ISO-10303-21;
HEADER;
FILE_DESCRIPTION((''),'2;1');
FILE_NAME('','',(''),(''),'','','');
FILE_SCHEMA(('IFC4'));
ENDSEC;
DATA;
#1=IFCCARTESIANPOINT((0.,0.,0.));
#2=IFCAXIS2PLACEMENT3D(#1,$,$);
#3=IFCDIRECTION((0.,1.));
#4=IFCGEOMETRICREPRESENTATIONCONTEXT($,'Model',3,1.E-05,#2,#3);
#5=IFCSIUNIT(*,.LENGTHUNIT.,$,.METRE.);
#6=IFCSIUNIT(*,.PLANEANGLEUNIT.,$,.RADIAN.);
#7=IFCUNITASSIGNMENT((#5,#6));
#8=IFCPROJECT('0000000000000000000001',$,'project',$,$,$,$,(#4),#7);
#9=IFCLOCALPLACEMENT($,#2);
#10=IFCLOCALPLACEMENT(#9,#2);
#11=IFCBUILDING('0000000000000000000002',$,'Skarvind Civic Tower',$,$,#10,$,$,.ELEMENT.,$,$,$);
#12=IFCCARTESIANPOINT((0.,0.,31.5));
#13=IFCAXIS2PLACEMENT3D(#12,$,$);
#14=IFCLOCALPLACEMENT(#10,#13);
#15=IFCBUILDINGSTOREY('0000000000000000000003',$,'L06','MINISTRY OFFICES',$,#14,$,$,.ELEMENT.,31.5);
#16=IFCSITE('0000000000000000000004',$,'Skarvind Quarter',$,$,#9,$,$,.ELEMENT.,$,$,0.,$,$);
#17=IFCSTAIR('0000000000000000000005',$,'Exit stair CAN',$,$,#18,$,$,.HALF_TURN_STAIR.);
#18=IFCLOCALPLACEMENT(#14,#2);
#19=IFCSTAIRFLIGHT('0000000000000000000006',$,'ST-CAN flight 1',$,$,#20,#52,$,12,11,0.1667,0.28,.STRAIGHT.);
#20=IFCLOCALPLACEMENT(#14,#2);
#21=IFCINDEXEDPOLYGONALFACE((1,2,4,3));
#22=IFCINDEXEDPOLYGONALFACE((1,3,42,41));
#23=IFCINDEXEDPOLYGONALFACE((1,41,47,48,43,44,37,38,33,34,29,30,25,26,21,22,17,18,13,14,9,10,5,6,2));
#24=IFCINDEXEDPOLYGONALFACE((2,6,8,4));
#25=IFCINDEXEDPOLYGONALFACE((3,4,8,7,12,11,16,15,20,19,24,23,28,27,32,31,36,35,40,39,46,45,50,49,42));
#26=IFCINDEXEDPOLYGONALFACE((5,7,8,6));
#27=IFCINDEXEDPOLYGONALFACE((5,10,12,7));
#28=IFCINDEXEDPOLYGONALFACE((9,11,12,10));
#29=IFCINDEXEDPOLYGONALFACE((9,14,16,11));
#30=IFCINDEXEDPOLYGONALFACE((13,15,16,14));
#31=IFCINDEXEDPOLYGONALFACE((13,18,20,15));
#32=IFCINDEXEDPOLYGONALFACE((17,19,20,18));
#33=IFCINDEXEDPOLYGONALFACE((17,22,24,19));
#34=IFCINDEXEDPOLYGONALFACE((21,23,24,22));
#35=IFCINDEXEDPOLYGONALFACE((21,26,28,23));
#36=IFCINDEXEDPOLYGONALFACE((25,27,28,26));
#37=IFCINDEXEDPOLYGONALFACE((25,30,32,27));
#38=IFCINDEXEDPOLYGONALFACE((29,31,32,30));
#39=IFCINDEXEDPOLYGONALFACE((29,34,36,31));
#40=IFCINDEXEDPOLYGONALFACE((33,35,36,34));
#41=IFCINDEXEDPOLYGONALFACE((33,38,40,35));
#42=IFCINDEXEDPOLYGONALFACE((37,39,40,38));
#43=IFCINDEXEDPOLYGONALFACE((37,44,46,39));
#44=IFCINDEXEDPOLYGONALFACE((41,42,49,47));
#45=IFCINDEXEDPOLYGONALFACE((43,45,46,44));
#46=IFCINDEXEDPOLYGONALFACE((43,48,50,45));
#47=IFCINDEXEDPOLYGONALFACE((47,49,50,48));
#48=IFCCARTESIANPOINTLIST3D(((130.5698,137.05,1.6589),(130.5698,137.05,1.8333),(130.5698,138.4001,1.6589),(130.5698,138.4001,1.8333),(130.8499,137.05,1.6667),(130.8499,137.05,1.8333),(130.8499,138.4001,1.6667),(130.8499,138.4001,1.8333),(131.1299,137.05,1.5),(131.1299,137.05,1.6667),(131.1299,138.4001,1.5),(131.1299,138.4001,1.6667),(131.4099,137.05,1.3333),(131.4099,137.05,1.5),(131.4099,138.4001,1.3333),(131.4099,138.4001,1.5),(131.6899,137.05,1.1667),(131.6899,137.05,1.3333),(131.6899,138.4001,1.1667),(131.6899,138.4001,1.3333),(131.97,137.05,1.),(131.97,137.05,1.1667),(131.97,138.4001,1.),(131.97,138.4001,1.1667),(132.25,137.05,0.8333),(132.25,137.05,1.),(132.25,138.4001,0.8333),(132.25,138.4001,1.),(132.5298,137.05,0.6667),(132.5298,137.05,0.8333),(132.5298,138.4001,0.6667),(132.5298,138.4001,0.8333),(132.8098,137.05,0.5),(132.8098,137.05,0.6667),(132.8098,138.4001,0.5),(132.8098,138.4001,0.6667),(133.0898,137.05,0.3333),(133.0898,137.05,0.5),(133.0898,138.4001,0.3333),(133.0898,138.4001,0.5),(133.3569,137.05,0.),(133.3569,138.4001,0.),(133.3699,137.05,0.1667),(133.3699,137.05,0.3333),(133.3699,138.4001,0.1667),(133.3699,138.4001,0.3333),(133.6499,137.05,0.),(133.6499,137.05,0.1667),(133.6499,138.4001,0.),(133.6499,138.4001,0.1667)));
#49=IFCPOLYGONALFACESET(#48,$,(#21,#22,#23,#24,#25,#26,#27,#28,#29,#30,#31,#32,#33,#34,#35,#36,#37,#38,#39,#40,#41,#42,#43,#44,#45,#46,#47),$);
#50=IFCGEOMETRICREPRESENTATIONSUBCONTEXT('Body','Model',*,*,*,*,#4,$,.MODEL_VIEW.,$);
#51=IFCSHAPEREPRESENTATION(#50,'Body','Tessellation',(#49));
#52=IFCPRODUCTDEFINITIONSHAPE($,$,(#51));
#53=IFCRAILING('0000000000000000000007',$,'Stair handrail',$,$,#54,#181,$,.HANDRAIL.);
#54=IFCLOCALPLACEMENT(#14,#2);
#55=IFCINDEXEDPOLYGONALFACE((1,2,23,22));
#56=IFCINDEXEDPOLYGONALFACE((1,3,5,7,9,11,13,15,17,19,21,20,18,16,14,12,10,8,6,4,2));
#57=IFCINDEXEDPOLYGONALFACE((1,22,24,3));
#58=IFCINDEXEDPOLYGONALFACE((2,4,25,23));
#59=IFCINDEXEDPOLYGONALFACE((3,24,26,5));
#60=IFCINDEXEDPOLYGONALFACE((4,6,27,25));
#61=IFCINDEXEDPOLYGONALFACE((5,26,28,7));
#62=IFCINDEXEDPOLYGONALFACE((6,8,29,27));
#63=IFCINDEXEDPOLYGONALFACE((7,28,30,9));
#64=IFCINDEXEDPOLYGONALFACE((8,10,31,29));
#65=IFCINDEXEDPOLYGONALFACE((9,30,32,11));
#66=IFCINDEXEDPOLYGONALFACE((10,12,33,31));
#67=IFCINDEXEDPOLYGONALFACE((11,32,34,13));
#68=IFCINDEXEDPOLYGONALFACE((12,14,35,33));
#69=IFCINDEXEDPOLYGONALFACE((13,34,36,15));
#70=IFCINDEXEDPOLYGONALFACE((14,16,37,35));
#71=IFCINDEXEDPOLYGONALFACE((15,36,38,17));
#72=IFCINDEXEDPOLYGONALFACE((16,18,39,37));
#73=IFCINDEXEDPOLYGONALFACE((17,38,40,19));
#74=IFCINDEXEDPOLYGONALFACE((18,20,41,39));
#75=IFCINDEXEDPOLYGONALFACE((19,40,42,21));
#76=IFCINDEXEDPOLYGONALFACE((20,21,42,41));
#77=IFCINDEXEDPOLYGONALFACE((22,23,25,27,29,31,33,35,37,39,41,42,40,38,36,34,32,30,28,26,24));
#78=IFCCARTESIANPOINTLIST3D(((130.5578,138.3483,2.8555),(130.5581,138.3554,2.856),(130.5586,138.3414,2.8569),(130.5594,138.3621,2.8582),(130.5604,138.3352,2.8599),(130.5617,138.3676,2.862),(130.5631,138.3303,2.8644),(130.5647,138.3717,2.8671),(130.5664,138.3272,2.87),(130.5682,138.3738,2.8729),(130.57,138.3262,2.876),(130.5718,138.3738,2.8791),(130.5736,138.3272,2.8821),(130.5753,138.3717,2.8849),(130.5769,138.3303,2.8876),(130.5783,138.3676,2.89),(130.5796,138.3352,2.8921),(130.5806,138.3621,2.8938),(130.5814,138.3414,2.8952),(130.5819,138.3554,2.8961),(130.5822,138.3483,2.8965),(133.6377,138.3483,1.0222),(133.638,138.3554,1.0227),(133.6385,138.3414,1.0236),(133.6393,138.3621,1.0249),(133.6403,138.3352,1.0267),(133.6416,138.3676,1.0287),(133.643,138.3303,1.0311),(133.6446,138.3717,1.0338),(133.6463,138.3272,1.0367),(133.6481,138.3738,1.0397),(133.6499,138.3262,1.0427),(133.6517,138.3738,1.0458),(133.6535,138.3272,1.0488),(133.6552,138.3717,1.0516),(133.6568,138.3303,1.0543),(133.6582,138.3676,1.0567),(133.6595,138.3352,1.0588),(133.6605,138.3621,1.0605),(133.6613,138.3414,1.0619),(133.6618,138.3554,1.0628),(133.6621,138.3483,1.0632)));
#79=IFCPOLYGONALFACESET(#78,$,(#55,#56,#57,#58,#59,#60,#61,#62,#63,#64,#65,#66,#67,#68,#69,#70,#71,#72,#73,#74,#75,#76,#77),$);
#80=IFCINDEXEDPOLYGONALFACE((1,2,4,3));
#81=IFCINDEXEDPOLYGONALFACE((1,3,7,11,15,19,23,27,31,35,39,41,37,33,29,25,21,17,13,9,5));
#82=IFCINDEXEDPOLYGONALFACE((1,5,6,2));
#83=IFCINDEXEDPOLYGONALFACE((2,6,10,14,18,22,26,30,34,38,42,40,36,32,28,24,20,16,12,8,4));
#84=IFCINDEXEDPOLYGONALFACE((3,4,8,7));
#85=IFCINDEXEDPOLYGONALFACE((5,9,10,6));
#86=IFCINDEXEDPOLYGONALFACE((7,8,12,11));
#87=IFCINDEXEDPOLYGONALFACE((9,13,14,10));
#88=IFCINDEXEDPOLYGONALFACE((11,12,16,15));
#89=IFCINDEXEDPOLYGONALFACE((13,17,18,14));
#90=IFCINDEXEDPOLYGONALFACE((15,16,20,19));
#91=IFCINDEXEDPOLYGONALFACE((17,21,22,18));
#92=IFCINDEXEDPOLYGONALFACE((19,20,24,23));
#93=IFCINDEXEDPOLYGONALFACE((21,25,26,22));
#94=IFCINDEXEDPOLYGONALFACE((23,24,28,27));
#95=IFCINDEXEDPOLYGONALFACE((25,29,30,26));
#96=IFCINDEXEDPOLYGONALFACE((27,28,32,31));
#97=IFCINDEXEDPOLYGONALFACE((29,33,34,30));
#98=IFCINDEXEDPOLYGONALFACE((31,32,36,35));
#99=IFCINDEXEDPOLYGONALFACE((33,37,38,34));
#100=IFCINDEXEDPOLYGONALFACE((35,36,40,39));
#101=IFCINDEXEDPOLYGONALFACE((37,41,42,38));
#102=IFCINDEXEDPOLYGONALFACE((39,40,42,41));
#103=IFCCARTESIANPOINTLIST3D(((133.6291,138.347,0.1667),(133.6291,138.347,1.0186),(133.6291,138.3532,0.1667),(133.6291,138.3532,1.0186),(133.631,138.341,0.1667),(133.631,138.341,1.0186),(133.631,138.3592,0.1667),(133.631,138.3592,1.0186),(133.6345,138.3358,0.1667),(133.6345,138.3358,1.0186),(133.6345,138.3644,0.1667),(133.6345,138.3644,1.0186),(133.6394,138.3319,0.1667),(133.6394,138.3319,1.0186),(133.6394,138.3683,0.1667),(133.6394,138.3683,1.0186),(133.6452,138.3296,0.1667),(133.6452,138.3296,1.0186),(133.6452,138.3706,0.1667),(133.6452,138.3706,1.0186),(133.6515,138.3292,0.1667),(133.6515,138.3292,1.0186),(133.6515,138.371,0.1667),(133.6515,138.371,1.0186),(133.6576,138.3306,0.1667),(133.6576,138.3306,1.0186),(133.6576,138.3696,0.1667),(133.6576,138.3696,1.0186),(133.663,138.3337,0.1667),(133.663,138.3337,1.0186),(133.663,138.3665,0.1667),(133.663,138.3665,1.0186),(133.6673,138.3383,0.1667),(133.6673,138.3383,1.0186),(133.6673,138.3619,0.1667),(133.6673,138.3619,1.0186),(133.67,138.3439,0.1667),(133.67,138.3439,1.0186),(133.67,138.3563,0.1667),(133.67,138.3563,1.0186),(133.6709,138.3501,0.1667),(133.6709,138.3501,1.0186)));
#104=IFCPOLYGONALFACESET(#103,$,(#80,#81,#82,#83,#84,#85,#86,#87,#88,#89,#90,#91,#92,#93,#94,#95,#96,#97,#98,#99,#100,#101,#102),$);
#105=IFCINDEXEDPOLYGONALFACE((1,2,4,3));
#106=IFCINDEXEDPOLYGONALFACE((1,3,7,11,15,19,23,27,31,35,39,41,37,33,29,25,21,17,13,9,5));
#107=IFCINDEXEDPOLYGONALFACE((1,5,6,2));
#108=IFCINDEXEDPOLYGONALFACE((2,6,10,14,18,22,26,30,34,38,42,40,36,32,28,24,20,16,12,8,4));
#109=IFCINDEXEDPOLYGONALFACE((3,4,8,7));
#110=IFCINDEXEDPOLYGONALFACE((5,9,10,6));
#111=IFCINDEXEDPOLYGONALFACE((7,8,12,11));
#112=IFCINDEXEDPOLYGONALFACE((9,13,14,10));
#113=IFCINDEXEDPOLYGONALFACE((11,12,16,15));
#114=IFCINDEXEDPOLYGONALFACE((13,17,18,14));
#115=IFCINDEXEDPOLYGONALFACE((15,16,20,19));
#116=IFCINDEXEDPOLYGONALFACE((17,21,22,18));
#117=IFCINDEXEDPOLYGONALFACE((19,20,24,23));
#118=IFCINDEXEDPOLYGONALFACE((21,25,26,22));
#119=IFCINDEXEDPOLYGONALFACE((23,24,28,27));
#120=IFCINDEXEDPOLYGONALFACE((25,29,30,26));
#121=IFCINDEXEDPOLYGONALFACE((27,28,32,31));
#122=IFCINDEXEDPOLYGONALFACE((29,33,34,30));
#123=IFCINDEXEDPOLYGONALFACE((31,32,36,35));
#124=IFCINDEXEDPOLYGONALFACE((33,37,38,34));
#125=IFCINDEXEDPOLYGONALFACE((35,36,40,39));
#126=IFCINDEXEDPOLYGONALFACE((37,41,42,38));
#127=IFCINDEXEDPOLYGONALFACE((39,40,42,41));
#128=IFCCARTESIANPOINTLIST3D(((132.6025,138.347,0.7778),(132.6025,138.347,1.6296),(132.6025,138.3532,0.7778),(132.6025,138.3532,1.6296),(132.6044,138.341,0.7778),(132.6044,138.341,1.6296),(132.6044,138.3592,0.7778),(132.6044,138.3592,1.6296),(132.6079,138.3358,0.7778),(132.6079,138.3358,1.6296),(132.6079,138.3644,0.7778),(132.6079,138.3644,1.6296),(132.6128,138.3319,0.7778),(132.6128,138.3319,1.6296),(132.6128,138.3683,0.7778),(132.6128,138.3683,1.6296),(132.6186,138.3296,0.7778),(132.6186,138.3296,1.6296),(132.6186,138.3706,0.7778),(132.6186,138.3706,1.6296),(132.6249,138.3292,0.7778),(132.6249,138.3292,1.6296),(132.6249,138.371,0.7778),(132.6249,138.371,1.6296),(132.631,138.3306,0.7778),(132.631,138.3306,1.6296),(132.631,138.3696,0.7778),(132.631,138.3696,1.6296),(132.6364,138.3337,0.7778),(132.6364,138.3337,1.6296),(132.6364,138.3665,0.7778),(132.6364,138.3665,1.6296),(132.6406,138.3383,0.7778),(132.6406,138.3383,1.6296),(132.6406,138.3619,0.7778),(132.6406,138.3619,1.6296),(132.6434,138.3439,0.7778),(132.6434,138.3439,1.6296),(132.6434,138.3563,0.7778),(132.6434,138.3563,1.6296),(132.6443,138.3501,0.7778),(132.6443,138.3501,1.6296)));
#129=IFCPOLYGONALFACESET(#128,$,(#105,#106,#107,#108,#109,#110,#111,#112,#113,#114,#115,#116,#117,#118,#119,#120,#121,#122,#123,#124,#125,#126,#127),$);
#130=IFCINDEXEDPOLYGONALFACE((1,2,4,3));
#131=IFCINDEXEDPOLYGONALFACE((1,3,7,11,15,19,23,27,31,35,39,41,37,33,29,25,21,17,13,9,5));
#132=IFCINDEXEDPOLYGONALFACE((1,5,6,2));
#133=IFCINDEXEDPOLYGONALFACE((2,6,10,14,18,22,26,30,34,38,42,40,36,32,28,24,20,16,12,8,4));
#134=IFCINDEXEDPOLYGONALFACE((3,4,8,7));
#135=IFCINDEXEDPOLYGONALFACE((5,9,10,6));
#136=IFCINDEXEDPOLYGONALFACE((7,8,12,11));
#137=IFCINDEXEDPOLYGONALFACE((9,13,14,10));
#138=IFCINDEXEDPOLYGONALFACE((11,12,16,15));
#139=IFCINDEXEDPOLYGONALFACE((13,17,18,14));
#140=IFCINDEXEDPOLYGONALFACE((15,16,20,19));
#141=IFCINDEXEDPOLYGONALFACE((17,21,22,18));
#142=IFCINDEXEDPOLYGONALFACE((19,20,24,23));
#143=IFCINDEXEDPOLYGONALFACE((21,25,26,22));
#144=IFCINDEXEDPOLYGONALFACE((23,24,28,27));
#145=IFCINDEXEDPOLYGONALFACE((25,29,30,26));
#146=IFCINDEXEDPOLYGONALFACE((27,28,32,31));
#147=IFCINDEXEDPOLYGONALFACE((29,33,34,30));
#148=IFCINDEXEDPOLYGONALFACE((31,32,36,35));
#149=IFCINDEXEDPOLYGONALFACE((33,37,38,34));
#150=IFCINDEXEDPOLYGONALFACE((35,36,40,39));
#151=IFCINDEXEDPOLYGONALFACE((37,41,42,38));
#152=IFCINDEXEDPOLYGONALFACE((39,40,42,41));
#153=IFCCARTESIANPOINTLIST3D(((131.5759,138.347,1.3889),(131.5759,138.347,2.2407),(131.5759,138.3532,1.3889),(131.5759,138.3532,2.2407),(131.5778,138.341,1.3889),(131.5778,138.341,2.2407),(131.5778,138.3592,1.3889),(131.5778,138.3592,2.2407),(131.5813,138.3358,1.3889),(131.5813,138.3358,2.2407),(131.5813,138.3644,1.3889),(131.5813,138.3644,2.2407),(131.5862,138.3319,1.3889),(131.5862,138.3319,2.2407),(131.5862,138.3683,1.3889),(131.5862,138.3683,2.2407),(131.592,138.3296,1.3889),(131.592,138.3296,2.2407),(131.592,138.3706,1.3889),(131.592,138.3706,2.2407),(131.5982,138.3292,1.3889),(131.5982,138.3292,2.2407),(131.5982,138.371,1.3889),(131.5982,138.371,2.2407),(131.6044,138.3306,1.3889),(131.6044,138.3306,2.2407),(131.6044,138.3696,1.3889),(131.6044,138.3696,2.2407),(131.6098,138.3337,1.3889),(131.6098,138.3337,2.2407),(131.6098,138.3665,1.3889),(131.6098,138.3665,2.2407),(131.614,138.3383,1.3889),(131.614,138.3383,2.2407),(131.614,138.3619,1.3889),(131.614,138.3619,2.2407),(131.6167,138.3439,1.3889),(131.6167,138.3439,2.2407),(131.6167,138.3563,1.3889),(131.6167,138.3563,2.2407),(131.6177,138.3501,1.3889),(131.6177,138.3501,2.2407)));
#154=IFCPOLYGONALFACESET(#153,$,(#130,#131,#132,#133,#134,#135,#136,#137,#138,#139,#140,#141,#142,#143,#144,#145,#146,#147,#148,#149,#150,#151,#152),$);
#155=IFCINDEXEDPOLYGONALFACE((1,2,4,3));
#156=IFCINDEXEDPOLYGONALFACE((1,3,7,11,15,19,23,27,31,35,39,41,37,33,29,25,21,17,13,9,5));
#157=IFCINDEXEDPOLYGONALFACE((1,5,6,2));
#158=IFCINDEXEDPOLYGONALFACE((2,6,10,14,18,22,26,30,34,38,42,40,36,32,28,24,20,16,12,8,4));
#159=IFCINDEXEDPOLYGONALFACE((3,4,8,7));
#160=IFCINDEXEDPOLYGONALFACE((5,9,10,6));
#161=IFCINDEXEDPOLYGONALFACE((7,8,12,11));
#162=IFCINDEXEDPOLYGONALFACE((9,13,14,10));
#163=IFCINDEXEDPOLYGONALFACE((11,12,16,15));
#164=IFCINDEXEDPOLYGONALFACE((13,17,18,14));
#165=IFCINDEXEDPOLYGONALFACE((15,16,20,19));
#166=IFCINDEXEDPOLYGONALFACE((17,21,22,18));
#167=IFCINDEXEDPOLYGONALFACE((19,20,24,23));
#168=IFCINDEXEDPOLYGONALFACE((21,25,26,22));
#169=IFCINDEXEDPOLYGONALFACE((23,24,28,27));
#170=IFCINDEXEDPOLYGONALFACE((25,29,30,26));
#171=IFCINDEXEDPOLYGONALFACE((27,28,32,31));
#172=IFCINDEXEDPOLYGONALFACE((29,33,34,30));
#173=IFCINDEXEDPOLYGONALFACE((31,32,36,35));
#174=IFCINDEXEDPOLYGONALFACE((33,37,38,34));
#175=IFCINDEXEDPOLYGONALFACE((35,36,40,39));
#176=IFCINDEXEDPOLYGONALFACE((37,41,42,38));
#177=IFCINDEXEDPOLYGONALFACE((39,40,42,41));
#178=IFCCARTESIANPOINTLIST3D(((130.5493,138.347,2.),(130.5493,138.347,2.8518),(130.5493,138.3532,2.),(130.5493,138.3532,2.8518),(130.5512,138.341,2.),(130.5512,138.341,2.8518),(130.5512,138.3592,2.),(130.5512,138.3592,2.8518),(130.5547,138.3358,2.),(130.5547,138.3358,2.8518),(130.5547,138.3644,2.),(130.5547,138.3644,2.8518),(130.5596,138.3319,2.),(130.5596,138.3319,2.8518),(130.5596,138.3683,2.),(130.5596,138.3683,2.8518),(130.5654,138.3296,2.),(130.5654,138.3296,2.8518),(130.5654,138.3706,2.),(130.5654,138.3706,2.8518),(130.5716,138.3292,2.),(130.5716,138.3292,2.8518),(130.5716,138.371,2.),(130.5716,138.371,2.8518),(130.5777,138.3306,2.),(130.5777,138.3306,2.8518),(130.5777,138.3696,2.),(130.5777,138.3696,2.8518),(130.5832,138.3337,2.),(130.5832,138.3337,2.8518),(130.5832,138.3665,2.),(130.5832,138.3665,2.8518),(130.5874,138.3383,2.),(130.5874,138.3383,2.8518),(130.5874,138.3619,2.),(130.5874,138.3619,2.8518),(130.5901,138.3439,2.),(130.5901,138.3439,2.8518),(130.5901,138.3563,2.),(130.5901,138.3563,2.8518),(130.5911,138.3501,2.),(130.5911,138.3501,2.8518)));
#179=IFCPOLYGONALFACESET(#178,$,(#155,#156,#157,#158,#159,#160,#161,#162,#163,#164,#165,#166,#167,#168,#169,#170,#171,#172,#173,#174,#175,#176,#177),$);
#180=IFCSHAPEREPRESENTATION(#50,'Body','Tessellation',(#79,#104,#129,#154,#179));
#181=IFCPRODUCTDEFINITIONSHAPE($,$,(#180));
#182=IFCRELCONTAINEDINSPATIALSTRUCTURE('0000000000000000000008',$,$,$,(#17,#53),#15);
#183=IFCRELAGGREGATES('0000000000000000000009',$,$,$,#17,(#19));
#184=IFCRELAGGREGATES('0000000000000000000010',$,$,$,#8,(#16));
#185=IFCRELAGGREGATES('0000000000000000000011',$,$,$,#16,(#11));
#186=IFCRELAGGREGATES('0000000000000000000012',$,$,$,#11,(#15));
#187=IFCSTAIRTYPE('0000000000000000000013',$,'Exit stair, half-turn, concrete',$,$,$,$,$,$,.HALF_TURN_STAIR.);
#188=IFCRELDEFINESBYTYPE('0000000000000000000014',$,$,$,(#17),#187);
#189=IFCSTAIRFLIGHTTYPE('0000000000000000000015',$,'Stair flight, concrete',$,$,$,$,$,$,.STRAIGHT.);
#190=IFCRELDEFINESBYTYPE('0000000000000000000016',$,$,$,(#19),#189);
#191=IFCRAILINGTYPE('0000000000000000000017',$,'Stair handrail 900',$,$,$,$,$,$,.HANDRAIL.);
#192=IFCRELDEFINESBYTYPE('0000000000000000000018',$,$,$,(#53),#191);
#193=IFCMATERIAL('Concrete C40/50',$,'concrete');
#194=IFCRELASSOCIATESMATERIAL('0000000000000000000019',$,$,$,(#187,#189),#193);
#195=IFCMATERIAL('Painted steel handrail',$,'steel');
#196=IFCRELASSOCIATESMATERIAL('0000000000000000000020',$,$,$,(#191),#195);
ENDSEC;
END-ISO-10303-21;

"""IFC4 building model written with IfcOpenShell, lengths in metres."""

from ifc_helpers import new_model, si_unit, direction, frame, origin, origin_2d, place, context, subcontext, project, spatial, polyline, circle, outline, extrude, material, type_object, element, aggregate, save


model = new_model("IFC4")

# Units and contexts
model_context = context("Model", 3, precision=1e-05, world=origin(), true_north=direction((0.0, 1.0)))
body_context = subcontext(model_context, "Body", "Model", "MODEL_VIEW")
ifc_project = project(units=[si_unit("LENGTHUNIT", "METRE"), si_unit("PLANEANGLEUNIT", "RADIAN")], contexts=[model_context])

# Site, building, storey
site_placement = place(None, origin())
site = spatial("IfcSite", under=ifc_project, at=site_placement, Name="Skarvind Quarter", CompositionType="ELEMENT", RefElevation=0.0)
building_placement = place(site_placement, origin())
building = spatial("IfcBuilding", under=site, at=building_placement, Name="Skarvind Civic Tower", CompositionType="ELEMENT")
storey_placement = place(building_placement, frame((0.0, 0.0, 31.5)))
storey = spatial("IfcBuildingStorey", under=building, at=storey_placement, Name="L06", Description="MINISTRY OFFICES", CompositionType="ELEMENT", Elevation=31.5)

# Stair, stair flight
ifc_material_1 = material(Name="Concrete C40/50", Category="concrete")
stair_type = type_object("IfcStairType", Name="Exit stair, half-turn, concrete", PredefinedType="HALF_TURN_STAIR", material=ifc_material_1)
stair_placement = place(storey_placement, origin())
stair = element("IfcStair", 1, at=stair_placement, inside=storey, type_object=stair_type, Name="Exit stair CAN", PredefinedType="HALF_TURN_STAIR")
stair_flight_type = type_object("IfcStairFlightType", Name="Stair flight, concrete", PredefinedType="STRAIGHT", material=ifc_material_1)
stair_flight_placement = place(storey_placement, frame((133.6499, 137.7251, 0.0), z_axis=(0.0, 0.0, 1.0), x_axis=(-1.0, 0.0, 0.0)))
stair_flight = element("IfcStairFlight", 2, at=stair_flight_placement, type_object=stair_flight_type, Name="ST-CAN flight 1", NumberOfRisers=12, NumberOfTreads=11, PredefinedType="STRAIGHT", RiserHeight=0.1667, TreadLength=0.28, context=body_context, shape_type="SweptSolid", body=[
    extrude(outline(polyline([(0.0, 0.0), (0.0, 0.1667), (0.28, 0.1667), (0.28, 0.3333), (0.5601, 0.3333), (0.5601, 0.5), (0.8401, 0.5), (0.8401, 0.6667), (1.1201, 0.6667), (1.1201, 0.8333), (1.3999, 0.8333), (1.3999, 1.0), (1.6799, 1.0), (1.6799, 1.1667), (1.96, 1.1667), (1.96, 1.3333), (2.24, 1.3333), (2.24, 1.5), (2.52, 1.5), (2.52, 1.6667), (2.8, 1.6667), (2.8, 1.8333), (3.0801, 1.8333), (3.0801, 2.0), (3.0801, 1.6589), (0.293, 0.0), (0.0, 0.0)])), frame((0.0, 0.675, 0.0), z_axis=(0.0, -1.0, 0.0), x_axis=(1.0, 0.0, 0.0)), (0.0, 0.0, 1.0), 1.3501),
])
aggregate(stair, [stair_flight])

# Railing
ifc_material_2 = material(Name="Painted steel handrail", Category="steel")
railing_type = type_object("IfcRailingType", Name="Stair handrail 900", PredefinedType="HANDRAIL", material=ifc_material_2)
railing_placement = place(storey_placement, frame((133.6499, 138.3501, 0.1667)))
element("IfcRailing", 3, at=railing_placement, inside=storey, type_object=railing_type, Name="Stair handrail", PredefinedType="HANDRAIL", context=body_context, shape_type="SweptSolid", body=[
    extrude(circle(Radius=0.0239, at=origin_2d()), frame((0.0, 0.0, 0.876), z_axis=(-0.859291, 0.0, 0.511487), x_axis=(0.0, -1.0, 0.0)), (0.0, 0.0, 1.0), 3.5842),
    extrude(circle(Radius=0.021, at=origin_2d()), origin(), (0.0, 0.0, 1.0), 0.8518),
    extrude(circle(Radius=0.021, at=origin_2d()), frame((-1.0266, 0.0, 0.6111)), (0.0, 0.0, 1.0), 0.8518),
    extrude(circle(Radius=0.021, at=origin_2d()), frame((-2.0532, 0.0, 1.2222)), (0.0, 0.0, 1.0), 0.8518),
    extrude(circle(Radius=0.021, at=origin_2d()), frame((-3.0798, 0.0, 1.8333)), (0.0, 0.0, 1.0), 0.8518),
])

save(model, "model.ifc")
